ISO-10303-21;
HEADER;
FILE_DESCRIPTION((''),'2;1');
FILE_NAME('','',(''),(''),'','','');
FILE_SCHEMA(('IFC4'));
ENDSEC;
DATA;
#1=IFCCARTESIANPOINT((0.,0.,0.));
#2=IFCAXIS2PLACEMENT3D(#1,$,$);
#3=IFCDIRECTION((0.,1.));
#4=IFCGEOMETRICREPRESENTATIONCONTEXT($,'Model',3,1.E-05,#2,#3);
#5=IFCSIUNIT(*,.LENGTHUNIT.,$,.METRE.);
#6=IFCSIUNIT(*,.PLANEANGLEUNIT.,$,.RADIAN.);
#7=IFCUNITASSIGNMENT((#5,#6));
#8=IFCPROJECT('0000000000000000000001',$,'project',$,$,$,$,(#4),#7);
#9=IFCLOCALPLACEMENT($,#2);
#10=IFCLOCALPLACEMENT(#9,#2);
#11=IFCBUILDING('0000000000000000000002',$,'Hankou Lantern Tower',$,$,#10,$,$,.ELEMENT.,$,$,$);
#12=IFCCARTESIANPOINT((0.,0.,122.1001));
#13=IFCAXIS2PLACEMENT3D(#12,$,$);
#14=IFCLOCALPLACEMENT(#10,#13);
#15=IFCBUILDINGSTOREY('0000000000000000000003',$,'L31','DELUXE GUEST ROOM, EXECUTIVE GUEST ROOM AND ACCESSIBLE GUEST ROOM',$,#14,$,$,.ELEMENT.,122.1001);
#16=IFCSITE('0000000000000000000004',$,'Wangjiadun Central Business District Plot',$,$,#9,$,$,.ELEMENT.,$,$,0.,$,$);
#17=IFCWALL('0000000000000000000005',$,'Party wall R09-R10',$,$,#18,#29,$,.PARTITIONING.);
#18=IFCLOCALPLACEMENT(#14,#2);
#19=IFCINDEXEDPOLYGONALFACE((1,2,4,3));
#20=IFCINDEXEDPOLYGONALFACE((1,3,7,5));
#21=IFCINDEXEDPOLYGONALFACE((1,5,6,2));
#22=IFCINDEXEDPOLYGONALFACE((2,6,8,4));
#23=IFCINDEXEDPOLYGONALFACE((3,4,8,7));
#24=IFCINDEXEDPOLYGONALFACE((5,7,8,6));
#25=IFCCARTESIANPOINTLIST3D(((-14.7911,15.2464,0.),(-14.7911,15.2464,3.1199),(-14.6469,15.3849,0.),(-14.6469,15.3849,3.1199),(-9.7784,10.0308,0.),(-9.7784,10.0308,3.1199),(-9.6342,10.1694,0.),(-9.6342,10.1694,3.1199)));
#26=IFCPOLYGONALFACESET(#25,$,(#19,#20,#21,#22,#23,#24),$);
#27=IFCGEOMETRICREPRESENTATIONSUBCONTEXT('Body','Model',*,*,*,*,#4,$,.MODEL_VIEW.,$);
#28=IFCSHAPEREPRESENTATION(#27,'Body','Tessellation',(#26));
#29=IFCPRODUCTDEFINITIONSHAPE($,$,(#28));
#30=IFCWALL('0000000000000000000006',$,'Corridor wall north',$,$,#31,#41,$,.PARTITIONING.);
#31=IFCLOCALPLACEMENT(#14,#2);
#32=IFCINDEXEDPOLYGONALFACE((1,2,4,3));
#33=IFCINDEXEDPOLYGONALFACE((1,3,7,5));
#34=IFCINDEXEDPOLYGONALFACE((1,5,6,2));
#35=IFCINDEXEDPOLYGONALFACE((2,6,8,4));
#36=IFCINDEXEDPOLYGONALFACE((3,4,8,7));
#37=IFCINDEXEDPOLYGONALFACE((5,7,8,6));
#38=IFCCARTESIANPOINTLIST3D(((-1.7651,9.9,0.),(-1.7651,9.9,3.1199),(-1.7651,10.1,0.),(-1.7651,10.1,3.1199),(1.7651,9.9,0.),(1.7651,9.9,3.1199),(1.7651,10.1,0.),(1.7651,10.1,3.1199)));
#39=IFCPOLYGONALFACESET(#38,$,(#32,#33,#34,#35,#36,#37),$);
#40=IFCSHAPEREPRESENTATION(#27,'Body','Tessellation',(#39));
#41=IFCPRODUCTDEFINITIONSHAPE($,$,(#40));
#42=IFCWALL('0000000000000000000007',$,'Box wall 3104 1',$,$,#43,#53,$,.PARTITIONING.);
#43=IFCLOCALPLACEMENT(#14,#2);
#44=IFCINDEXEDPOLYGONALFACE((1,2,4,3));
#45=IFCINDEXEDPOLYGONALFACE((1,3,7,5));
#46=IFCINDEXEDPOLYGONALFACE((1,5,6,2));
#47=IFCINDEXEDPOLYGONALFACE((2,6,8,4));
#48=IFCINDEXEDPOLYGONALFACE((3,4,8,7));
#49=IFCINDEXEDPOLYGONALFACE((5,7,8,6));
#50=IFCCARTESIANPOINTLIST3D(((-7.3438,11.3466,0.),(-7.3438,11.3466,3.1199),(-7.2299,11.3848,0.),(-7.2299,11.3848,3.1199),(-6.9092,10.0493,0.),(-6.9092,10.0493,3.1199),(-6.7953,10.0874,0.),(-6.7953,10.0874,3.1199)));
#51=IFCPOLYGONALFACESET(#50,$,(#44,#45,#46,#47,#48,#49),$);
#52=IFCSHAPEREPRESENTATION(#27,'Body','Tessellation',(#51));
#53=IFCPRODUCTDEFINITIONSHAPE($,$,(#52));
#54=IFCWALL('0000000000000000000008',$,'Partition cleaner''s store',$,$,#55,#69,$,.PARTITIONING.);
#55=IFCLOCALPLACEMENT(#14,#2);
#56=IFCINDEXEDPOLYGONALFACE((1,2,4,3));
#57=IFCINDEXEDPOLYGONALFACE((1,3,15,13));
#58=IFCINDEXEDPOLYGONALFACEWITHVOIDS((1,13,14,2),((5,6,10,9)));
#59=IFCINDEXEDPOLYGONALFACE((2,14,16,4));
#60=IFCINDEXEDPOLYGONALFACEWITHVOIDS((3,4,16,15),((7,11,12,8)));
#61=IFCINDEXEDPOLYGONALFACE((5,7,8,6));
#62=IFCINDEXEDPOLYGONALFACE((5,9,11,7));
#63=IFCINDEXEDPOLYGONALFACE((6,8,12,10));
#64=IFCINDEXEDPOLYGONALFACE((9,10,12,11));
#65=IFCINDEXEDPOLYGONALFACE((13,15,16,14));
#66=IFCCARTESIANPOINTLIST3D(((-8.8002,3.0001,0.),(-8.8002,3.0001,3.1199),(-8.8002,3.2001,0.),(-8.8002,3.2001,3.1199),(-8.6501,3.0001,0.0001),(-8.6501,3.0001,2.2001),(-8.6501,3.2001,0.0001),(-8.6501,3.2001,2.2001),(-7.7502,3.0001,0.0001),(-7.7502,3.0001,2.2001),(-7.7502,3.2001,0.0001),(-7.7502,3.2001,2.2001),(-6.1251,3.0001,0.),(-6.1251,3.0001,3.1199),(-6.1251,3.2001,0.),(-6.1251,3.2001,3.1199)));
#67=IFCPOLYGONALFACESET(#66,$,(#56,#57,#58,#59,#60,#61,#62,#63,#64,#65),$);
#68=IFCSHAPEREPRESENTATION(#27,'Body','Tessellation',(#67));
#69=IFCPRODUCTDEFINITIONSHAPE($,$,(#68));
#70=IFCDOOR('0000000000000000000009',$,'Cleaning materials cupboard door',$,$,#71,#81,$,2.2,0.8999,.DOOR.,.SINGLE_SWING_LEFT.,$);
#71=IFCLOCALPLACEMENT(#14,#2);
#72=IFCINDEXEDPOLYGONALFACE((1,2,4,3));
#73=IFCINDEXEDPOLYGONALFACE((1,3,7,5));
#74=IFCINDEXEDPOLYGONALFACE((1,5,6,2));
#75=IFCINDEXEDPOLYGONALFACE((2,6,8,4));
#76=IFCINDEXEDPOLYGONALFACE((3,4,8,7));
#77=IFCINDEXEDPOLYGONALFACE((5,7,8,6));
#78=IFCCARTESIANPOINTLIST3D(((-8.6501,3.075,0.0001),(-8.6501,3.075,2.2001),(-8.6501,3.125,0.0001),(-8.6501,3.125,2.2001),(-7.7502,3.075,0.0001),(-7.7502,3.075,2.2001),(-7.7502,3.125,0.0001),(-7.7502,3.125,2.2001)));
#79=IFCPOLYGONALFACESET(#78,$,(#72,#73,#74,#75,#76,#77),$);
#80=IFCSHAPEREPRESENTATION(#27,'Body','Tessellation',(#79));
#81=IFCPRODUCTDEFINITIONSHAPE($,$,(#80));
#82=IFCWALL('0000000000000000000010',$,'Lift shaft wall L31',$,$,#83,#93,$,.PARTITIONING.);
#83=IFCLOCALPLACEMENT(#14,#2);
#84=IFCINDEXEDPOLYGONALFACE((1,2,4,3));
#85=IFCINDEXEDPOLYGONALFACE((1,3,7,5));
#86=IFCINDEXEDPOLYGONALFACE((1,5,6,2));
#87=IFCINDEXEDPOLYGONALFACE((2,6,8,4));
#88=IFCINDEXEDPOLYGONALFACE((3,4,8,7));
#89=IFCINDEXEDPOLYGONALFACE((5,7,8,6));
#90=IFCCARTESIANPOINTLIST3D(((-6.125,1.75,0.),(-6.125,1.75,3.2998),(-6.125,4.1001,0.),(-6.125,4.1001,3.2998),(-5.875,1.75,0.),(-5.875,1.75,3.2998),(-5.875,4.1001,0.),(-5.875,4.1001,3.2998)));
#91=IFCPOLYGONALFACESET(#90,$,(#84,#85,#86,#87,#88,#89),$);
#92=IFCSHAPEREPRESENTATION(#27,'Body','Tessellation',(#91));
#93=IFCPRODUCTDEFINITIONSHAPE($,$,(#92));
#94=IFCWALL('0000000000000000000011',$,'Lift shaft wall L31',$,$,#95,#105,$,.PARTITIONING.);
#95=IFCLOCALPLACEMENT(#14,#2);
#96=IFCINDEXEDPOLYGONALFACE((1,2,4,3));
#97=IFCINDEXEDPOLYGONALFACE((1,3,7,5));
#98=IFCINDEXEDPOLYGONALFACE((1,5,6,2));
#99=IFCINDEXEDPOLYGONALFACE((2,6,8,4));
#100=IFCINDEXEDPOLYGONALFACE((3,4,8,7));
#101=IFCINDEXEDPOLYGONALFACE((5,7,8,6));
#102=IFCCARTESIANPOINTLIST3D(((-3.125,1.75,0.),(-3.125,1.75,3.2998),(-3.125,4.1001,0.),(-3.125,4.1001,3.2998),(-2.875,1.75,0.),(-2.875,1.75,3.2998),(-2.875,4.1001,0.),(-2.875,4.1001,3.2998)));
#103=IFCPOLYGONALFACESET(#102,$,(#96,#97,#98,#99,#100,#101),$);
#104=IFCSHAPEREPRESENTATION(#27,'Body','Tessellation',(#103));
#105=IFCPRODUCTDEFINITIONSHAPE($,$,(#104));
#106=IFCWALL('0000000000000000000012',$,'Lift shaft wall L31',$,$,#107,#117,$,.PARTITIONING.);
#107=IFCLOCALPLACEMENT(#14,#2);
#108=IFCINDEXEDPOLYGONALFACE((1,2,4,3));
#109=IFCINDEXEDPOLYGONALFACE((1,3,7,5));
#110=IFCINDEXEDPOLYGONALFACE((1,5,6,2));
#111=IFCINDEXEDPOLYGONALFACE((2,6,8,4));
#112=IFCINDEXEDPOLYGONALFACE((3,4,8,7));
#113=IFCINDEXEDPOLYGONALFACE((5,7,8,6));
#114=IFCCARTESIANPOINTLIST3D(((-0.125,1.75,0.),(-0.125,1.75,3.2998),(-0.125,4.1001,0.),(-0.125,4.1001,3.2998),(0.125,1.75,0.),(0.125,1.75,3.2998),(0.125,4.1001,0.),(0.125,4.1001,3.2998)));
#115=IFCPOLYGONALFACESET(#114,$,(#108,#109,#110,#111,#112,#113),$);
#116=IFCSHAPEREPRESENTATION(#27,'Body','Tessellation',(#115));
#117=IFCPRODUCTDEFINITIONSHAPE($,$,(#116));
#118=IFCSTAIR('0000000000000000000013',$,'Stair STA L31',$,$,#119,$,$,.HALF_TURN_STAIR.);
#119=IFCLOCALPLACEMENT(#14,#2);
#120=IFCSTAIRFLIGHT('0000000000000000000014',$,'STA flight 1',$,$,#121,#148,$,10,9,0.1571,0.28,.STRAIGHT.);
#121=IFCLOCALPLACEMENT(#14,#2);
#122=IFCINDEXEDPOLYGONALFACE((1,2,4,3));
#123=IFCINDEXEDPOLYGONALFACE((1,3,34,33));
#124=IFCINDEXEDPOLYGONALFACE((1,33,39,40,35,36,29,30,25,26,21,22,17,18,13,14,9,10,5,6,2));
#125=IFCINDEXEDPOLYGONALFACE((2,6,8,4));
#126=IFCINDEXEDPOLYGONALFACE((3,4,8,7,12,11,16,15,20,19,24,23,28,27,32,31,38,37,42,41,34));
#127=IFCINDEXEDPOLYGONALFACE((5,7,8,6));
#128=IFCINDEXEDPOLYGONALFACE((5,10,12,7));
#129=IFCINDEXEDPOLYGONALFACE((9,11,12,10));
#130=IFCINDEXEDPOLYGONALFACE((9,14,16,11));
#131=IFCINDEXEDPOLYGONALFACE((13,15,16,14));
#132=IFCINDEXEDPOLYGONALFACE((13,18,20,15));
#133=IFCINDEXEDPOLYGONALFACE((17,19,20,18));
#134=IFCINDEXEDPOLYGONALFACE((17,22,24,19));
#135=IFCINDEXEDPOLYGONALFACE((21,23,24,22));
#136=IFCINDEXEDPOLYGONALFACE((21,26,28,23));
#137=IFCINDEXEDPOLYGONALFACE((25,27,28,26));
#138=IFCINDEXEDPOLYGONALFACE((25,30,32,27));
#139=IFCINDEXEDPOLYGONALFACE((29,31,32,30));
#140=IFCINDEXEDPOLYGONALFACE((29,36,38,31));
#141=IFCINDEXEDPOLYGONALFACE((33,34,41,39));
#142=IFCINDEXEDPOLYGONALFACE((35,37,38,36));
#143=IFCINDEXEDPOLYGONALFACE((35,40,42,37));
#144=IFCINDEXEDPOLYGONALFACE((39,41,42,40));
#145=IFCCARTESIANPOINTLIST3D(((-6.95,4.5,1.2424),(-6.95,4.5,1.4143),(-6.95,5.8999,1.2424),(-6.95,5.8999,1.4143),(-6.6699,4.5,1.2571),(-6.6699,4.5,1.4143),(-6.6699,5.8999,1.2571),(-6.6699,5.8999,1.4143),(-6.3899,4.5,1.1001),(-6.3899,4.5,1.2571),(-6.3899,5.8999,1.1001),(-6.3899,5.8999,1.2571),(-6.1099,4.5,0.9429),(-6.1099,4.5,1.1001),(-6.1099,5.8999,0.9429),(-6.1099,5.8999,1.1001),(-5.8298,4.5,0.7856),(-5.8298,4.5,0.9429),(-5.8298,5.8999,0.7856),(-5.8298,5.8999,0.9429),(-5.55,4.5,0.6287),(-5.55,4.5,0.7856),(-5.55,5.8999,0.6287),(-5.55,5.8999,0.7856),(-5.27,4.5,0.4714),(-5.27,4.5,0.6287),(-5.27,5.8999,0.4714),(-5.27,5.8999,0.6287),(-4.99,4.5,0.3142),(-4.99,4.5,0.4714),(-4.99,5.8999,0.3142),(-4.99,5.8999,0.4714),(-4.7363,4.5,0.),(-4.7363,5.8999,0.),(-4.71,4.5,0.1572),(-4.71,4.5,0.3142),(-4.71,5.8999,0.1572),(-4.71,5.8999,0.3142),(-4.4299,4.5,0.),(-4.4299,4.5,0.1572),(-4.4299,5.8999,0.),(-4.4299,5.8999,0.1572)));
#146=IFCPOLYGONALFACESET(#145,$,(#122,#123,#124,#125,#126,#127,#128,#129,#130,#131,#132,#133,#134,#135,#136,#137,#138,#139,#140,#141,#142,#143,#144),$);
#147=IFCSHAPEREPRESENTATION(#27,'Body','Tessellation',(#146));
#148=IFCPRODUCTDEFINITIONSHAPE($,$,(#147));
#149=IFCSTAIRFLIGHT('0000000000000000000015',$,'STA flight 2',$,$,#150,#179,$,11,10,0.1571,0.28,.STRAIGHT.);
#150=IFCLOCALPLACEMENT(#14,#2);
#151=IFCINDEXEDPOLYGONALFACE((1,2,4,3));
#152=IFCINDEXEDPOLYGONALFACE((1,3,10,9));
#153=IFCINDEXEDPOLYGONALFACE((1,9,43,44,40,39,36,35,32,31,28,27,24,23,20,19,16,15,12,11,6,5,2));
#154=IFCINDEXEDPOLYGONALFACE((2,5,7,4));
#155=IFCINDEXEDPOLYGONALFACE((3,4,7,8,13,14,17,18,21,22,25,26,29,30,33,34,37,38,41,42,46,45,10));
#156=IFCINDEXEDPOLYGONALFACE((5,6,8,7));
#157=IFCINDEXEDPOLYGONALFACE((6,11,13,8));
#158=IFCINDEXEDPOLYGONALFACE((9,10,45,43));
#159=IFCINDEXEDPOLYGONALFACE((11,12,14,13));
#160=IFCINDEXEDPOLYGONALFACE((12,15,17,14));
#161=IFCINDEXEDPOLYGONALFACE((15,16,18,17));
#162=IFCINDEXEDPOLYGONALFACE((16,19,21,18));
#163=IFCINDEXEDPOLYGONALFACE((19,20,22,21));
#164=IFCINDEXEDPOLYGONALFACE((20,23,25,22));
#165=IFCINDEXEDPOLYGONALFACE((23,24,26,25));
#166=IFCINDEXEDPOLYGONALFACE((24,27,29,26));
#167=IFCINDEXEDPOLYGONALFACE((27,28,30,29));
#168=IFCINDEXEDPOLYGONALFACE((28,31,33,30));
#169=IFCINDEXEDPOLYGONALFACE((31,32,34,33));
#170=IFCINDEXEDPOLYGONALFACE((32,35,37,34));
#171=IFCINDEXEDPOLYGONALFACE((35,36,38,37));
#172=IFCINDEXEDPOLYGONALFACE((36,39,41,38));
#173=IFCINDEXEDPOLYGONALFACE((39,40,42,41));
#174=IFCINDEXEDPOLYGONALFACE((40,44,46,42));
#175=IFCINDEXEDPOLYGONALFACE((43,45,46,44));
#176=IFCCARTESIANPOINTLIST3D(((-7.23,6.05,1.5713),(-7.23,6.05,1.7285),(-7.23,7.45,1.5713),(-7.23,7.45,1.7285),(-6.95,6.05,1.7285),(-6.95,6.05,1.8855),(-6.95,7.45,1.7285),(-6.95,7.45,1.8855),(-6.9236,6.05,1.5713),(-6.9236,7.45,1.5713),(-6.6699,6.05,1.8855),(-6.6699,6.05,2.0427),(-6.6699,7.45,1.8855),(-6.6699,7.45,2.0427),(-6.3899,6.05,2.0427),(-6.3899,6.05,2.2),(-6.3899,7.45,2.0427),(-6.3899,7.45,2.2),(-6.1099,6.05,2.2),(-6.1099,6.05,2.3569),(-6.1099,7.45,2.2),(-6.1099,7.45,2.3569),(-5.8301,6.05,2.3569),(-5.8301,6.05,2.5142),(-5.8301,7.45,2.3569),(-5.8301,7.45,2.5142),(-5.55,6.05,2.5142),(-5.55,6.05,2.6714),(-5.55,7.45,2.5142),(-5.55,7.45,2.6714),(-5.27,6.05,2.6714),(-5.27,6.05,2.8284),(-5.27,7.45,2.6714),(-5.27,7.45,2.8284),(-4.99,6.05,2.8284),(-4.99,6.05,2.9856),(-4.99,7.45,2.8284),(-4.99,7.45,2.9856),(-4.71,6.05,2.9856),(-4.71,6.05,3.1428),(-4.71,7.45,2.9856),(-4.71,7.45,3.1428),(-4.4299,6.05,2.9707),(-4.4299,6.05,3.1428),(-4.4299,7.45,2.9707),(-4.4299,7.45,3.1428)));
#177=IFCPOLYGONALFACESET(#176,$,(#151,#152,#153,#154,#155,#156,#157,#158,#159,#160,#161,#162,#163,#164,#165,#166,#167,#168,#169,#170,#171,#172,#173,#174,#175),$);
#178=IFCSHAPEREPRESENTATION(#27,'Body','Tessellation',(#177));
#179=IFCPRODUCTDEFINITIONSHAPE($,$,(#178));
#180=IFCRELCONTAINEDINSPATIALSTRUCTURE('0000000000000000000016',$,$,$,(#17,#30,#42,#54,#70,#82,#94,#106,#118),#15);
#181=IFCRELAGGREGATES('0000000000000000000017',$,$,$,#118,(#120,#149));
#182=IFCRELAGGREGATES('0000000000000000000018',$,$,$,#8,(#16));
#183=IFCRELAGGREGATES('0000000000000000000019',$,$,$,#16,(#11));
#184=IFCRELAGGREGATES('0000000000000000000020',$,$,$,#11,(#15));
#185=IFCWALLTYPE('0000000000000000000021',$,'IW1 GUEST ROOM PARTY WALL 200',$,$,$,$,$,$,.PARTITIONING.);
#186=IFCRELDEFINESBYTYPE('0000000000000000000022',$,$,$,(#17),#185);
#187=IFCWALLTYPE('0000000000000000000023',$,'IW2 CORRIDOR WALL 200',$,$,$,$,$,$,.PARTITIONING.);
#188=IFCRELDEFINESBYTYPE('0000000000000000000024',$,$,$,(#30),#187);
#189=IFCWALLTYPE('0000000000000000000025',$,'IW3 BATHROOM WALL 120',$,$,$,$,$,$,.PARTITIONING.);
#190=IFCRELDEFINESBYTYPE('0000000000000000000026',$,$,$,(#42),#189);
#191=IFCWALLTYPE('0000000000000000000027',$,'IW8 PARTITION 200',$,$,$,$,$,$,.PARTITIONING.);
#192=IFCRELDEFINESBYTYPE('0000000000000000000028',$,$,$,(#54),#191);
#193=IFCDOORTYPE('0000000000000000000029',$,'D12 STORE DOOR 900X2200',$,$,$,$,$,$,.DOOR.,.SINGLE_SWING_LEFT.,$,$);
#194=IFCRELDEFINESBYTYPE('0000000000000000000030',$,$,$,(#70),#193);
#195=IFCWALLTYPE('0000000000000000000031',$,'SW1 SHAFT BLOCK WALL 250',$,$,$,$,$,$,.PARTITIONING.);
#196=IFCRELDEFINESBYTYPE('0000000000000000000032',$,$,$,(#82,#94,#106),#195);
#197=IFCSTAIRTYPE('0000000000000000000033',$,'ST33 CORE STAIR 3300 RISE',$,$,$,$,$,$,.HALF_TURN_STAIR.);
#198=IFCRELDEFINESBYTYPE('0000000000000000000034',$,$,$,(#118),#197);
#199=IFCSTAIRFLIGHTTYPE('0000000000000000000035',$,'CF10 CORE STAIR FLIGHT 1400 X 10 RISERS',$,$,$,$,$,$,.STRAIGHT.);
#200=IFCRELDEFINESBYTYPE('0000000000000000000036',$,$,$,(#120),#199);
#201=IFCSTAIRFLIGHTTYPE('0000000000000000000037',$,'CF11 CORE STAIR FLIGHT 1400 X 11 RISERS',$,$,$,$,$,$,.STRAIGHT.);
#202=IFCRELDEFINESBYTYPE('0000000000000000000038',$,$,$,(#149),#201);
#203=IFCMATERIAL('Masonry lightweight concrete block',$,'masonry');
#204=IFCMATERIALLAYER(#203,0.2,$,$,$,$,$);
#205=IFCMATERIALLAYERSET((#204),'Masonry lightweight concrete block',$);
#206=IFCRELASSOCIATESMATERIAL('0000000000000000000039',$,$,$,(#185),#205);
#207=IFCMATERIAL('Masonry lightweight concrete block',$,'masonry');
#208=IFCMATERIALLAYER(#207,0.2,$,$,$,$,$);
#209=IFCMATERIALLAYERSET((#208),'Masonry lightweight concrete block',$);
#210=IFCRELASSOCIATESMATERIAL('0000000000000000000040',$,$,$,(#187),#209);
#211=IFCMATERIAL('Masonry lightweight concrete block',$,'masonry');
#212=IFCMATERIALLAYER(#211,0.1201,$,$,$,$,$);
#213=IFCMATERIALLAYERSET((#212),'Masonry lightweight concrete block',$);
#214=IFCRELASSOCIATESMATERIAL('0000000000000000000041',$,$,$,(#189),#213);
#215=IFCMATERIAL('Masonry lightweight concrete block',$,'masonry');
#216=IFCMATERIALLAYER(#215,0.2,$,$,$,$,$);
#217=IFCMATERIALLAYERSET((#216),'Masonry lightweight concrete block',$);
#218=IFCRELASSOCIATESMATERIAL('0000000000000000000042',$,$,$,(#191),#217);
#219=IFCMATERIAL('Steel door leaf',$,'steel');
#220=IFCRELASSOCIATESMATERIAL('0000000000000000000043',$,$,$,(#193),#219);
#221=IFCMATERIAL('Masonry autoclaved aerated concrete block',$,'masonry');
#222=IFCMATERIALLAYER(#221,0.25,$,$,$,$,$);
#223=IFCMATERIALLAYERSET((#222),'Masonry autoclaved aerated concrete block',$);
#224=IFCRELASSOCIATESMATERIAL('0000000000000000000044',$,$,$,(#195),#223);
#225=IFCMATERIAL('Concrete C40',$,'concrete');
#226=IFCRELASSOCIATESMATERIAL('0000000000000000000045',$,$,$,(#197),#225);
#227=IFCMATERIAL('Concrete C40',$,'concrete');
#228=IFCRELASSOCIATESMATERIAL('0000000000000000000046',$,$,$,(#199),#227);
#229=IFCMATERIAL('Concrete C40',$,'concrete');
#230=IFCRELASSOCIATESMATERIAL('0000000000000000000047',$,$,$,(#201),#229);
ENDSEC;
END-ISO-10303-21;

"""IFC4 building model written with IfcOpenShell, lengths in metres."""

from ifc_helpers import new_model, si_unit, direction, frame, frame_2d, origin, place, context, subcontext, project, spatial, polyline, rectangle, outline, extrude, material, layer, layer_set, type_object, element, fill, aggregate, save


model = new_model("IFC4")

# Units and contexts
model_context = context("Model", 3, precision=1e-05, world=origin(), true_north=direction((0.0, 1.0)))
body_context = subcontext(model_context, "Body", "Model", "MODEL_VIEW")
ifc_project = project(units=[si_unit("LENGTHUNIT", "METRE"), si_unit("PLANEANGLEUNIT", "RADIAN")], contexts=[model_context])

# Site, building, storey
site_placement = place(None, origin())
site = spatial("IfcSite", under=ifc_project, at=site_placement, Name="Wangjiadun Central Business District Plot", CompositionType="ELEMENT", RefElevation=0.0)
building_placement = place(site_placement, origin())
building = spatial("IfcBuilding", under=site, at=building_placement, Name="Hankou Lantern Tower", CompositionType="ELEMENT")
storey_placement = place(building_placement, frame((0.0, 0.0, 122.1001)))
storey = spatial("IfcBuildingStorey", under=building, at=storey_placement, Name="L31", Description="DELUXE GUEST ROOM, EXECUTIVE GUEST ROOM AND ACCESSIBLE GUEST ROOM", CompositionType="ELEMENT", Elevation=122.1001)

# Walls
ifc_material_1 = material(Name="Masonry lightweight concrete block", Category="masonry")
ifc_layer_1 = layer(ifc_material_1, 0.2)
ifc_layer_set_1 = layer_set([ifc_layer_1], Name="Masonry lightweight concrete block")
wall_type_1 = type_object("IfcWallType", Name="IW1 GUEST ROOM PARTY WALL 200", PredefinedType="PARTITIONING", material=ifc_layer_set_1)
wall_1_placement = place(storey_placement, frame((-9.7063, 10.1001, 0.0), z_axis=(0.0, 0.0, 1.0), x_axis=(-0.692945, 0.720991, 0.0)))
element("IfcWall", 1, at=wall_1_placement, inside=storey, type_object=wall_type_1, Name="Party wall R09-R10", PredefinedType="PARTITIONING", context=body_context, shape_type="SweptSolid", body=[
    extrude(rectangle(XDim=7.2339, YDim=0.2, at=frame_2d((3.6169, 0.0))), origin(), (0.0, 0.0, 1.0), 3.1199),
])
ifc_material_2 = material(Name="Masonry lightweight concrete block", Category="masonry")
ifc_layer_2 = layer(ifc_material_2, 0.2)
ifc_layer_set_2 = layer_set([ifc_layer_2], Name="Masonry lightweight concrete block")
wall_type_2 = type_object("IfcWallType", Name="IW2 CORRIDOR WALL 200", PredefinedType="PARTITIONING", material=ifc_layer_set_2)
wall_2_placement = place(storey_placement, frame((-1.7651, 10.0, 0.0), z_axis=(0.0, 0.0, 1.0), x_axis=(1.0, 0.0, 0.0)))
element("IfcWall", 2, at=wall_2_placement, inside=storey, type_object=wall_type_2, Name="Corridor wall north", PredefinedType="PARTITIONING", context=body_context, shape_type="SweptSolid", body=[
    extrude(rectangle(XDim=3.5303, YDim=0.2, at=frame_2d((1.7651, 0.0))), origin(), (0.0, 0.0, 1.0), 3.1199),
])
ifc_material_3 = material(Name="Masonry lightweight concrete block", Category="masonry")
ifc_layer_3 = layer(ifc_material_3, 0.1201)
ifc_layer_set_3 = layer_set([ifc_layer_3], Name="Masonry lightweight concrete block")
wall_type_3 = type_object("IfcWallType", Name="IW3 BATHROOM WALL 120", PredefinedType="PARTITIONING", material=ifc_layer_set_3)
wall_3_placement = place(storey_placement, frame((-6.8523, 10.0684, 0.0), z_axis=(0.0, 0.0, 1.0), x_axis=(-0.317619, 0.948218, 0.0)))
element("IfcWall", 3, at=wall_3_placement, inside=storey, type_object=wall_type_3, Name="Box wall 3104 1", PredefinedType="PARTITIONING", context=body_context, shape_type="SweptSolid", body=[
    extrude(rectangle(XDim=1.3682, YDim=0.1201, at=frame_2d((0.6841, 0.0))), origin(), (0.0, 0.0, 1.0), 3.1199),
])

# Wall, opening, door
ifc_material_4 = material(Name="Masonry lightweight concrete block", Category="masonry")
ifc_layer_4 = layer(ifc_material_4, 0.2)
ifc_layer_set_4 = layer_set([ifc_layer_4], Name="Masonry lightweight concrete block")
wall_type_4 = type_object("IfcWallType", Name="IW8 PARTITION 200", PredefinedType="PARTITIONING", material=ifc_layer_set_4)
wall_4_placement = place(storey_placement, frame((-8.8, 3.1001, 0.0), z_axis=(0.0, 0.0, 1.0), x_axis=(1.0, 0.0, 0.0)))
wall_4 = element("IfcWall", 4, at=wall_4_placement, inside=storey, type_object=wall_type_4, Name="Partition cleaner's store", PredefinedType="PARTITIONING", context=body_context, shape_type="SweptSolid", body=[
    extrude(rectangle(XDim=2.675, YDim=0.2, at=frame_2d((1.3374, 0.0))), origin(), (0.0, 0.0, 1.0), 3.1199),
])
opening_1_placement = place(wall_4_placement, frame((0.1499, 0.0, 0.0)))
opening_1 = element("IfcOpeningElement", 5, at=opening_1_placement, cuts=wall_4, PredefinedType="OPENING", context=body_context, shape_type="SweptSolid", body=[
    extrude(rectangle(XDim=0.8999, YDim=2.2, at=frame_2d((0.45, 1.1001))), frame((0.0, 0.1099, 0.0), z_axis=(0.0, -1.0, 0.0), x_axis=(1.0, 0.0, 0.0)), (0.0, 0.0, 1.0), 0.22),
])
ifc_material_5 = material(Name="Steel door leaf", Category="steel")
door_type_1 = type_object("IfcDoorType", Name="D12 STORE DOOR 900X2200", OperationType="SINGLE_SWING_LEFT", PredefinedType="DOOR", material=ifc_material_5)
door_1_placement = place(opening_1_placement, origin())
door_1 = element("IfcDoor", 6, at=door_1_placement, inside=storey, type_object=door_type_1, Name="Cleaning materials cupboard door", OperationType="SINGLE_SWING_LEFT", OverallHeight=2.2, OverallWidth=0.8999, PredefinedType="DOOR", context=body_context, shape_type="SweptSolid", body=[
    extrude(rectangle(XDim=0.8999, YDim=2.2, at=frame_2d((0.45, 1.1001))), frame((0.0, 0.0249, 0.0), z_axis=(0.0, -1.0, 0.0), x_axis=(1.0, 0.0, 0.0)), (0.0, 0.0, 1.0), 0.05),
])
fill(opening_1, door_1)

# Walls
ifc_material_6 = material(Name="Masonry autoclaved aerated concrete block", Category="masonry")
ifc_layer_5 = layer(ifc_material_6, 0.25)
ifc_layer_set_5 = layer_set([ifc_layer_5], Name="Masonry autoclaved aerated concrete block")
wall_type_5 = type_object("IfcWallType", Name="SW1 SHAFT BLOCK WALL 250", PredefinedType="PARTITIONING", material=ifc_layer_set_5)
for number, where, z_axis, x_axis, name in (
    (7, (-6.0, 1.75, 0.0), (0.0, 0.0, 1.0), (0.0, 1.0, 0.0), "Lift shaft wall L31"),
    (8, (-3.0, 1.75, 0.0), (0.0, 0.0, 1.0), (0.0, 1.0, 0.0), "Lift shaft wall L31"),
    (9, (0.0, 1.75, 0.0), (0.0, 0.0, 1.0), (0.0, 1.0, 0.0), "Lift shaft wall L31"),
):
    element("IfcWall", number, at=place(storey_placement, frame(where, z_axis=z_axis, x_axis=x_axis)), inside=storey, type_object=wall_type_5, Name=name, PredefinedType="PARTITIONING", context=body_context, shape_type="SweptSolid", body=[
        extrude(rectangle(XDim=2.3501, YDim=0.25, at=frame_2d((1.175, 0.0))), origin(), (0.0, 0.0, 1.0), 3.2998),
    ])

# Stair, stair flights
ifc_material_7 = material(Name="Concrete C40", Category="concrete")
stair_type = type_object("IfcStairType", Name="ST33 CORE STAIR 3300 RISE", PredefinedType="HALF_TURN_STAIR", material=ifc_material_7)
stair_placement = place(storey_placement, origin())
stair = element("IfcStair", 10, at=stair_placement, inside=storey, type_object=stair_type, Name="Stair STA L31", PredefinedType="HALF_TURN_STAIR")
ifc_material_8 = material(Name="Concrete C40", Category="concrete")
stair_flight_type_1 = type_object("IfcStairFlightType", Name="CF10 CORE STAIR FLIGHT 1400 X 10 RISERS", PredefinedType="STRAIGHT", material=ifc_material_8)
stair_flight_1_placement = place(storey_placement, frame((-4.4299, 5.2, 0.0), z_axis=(0.0, 0.0, 1.0), x_axis=(-1.0, 0.0, 0.0)))
stair_flight_1 = element("IfcStairFlight", 11, at=stair_flight_1_placement, type_object=stair_flight_type_1, Name="STA flight 1", NumberOfRisers=10, NumberOfTreads=9, PredefinedType="STRAIGHT", RiserHeight=0.1571, TreadLength=0.28, context=body_context, shape_type="SweptSolid", body=[
    extrude(outline(polyline([(0.0, 0.0), (0.0, 0.1572), (0.28, 0.1572), (0.28, 0.3142), (0.5601, 0.3142), (0.5601, 0.4714), (0.8401, 0.4714), (0.8401, 0.6287), (1.1201, 0.6287), (1.1201, 0.7856), (1.3999, 0.7856), (1.3999, 0.9429), (1.6799, 0.9429), (1.6799, 1.1001), (1.96, 1.1001), (1.96, 1.2571), (2.24, 1.2571), (2.24, 1.4143), (2.52, 1.4143), (2.52, 1.5715), (2.52, 1.2424), (0.3064, 0.0), (0.0, 0.0)])), frame((0.0, 0.7, 0.0), z_axis=(0.0, -1.0, 0.0), x_axis=(1.0, 0.0, 0.0)), (0.0, 0.0, 1.0), 1.3999),
])
ifc_material_9 = material(Name="Concrete C40", Category="concrete")
stair_flight_type_2 = type_object("IfcStairFlightType", Name="CF11 CORE STAIR FLIGHT 1400 X 11 RISERS", PredefinedType="STRAIGHT", material=ifc_material_9)
stair_flight_2_placement = place(storey_placement, frame((-7.23, 6.75, 1.5713), z_axis=(0.0, 0.0, 1.0), x_axis=(1.0, 0.0, 0.0)))
stair_flight_2 = element("IfcStairFlight", 12, at=stair_flight_2_placement, type_object=stair_flight_type_2, Name="STA flight 2", NumberOfRisers=11, NumberOfTreads=10, PredefinedType="STRAIGHT", RiserHeight=0.1571, TreadLength=0.28, context=body_context, shape_type="SweptSolid", body=[
    extrude(outline(polyline([(0.0, 0.0), (0.0, 0.1572), (0.28, 0.1572), (0.28, 0.3142), (0.5601, 0.3142), (0.5601, 0.4714), (0.8401, 0.4714), (0.8401, 0.6287), (1.1201, 0.6287), (1.1201, 0.7856), (1.3999, 0.7856), (1.3999, 0.9429), (1.6799, 0.9429), (1.6799, 1.1001), (1.96, 1.1001), (1.96, 1.2571), (2.24, 1.2571), (2.24, 1.4143), (2.52, 1.4143), (2.52, 1.5715), (2.8, 1.5715), (2.8, 1.7285), (2.8, 1.3994), (0.3064, 0.0), (0.0, 0.0)])), frame((0.0, 0.7, 0.0), z_axis=(0.0, -1.0, 0.0), x_axis=(1.0, 0.0, 0.0)), (0.0, 0.0, 1.0), 1.3999),
])
aggregate(stair, [stair_flight_1, stair_flight_2])

save(model, "model.ifc")
